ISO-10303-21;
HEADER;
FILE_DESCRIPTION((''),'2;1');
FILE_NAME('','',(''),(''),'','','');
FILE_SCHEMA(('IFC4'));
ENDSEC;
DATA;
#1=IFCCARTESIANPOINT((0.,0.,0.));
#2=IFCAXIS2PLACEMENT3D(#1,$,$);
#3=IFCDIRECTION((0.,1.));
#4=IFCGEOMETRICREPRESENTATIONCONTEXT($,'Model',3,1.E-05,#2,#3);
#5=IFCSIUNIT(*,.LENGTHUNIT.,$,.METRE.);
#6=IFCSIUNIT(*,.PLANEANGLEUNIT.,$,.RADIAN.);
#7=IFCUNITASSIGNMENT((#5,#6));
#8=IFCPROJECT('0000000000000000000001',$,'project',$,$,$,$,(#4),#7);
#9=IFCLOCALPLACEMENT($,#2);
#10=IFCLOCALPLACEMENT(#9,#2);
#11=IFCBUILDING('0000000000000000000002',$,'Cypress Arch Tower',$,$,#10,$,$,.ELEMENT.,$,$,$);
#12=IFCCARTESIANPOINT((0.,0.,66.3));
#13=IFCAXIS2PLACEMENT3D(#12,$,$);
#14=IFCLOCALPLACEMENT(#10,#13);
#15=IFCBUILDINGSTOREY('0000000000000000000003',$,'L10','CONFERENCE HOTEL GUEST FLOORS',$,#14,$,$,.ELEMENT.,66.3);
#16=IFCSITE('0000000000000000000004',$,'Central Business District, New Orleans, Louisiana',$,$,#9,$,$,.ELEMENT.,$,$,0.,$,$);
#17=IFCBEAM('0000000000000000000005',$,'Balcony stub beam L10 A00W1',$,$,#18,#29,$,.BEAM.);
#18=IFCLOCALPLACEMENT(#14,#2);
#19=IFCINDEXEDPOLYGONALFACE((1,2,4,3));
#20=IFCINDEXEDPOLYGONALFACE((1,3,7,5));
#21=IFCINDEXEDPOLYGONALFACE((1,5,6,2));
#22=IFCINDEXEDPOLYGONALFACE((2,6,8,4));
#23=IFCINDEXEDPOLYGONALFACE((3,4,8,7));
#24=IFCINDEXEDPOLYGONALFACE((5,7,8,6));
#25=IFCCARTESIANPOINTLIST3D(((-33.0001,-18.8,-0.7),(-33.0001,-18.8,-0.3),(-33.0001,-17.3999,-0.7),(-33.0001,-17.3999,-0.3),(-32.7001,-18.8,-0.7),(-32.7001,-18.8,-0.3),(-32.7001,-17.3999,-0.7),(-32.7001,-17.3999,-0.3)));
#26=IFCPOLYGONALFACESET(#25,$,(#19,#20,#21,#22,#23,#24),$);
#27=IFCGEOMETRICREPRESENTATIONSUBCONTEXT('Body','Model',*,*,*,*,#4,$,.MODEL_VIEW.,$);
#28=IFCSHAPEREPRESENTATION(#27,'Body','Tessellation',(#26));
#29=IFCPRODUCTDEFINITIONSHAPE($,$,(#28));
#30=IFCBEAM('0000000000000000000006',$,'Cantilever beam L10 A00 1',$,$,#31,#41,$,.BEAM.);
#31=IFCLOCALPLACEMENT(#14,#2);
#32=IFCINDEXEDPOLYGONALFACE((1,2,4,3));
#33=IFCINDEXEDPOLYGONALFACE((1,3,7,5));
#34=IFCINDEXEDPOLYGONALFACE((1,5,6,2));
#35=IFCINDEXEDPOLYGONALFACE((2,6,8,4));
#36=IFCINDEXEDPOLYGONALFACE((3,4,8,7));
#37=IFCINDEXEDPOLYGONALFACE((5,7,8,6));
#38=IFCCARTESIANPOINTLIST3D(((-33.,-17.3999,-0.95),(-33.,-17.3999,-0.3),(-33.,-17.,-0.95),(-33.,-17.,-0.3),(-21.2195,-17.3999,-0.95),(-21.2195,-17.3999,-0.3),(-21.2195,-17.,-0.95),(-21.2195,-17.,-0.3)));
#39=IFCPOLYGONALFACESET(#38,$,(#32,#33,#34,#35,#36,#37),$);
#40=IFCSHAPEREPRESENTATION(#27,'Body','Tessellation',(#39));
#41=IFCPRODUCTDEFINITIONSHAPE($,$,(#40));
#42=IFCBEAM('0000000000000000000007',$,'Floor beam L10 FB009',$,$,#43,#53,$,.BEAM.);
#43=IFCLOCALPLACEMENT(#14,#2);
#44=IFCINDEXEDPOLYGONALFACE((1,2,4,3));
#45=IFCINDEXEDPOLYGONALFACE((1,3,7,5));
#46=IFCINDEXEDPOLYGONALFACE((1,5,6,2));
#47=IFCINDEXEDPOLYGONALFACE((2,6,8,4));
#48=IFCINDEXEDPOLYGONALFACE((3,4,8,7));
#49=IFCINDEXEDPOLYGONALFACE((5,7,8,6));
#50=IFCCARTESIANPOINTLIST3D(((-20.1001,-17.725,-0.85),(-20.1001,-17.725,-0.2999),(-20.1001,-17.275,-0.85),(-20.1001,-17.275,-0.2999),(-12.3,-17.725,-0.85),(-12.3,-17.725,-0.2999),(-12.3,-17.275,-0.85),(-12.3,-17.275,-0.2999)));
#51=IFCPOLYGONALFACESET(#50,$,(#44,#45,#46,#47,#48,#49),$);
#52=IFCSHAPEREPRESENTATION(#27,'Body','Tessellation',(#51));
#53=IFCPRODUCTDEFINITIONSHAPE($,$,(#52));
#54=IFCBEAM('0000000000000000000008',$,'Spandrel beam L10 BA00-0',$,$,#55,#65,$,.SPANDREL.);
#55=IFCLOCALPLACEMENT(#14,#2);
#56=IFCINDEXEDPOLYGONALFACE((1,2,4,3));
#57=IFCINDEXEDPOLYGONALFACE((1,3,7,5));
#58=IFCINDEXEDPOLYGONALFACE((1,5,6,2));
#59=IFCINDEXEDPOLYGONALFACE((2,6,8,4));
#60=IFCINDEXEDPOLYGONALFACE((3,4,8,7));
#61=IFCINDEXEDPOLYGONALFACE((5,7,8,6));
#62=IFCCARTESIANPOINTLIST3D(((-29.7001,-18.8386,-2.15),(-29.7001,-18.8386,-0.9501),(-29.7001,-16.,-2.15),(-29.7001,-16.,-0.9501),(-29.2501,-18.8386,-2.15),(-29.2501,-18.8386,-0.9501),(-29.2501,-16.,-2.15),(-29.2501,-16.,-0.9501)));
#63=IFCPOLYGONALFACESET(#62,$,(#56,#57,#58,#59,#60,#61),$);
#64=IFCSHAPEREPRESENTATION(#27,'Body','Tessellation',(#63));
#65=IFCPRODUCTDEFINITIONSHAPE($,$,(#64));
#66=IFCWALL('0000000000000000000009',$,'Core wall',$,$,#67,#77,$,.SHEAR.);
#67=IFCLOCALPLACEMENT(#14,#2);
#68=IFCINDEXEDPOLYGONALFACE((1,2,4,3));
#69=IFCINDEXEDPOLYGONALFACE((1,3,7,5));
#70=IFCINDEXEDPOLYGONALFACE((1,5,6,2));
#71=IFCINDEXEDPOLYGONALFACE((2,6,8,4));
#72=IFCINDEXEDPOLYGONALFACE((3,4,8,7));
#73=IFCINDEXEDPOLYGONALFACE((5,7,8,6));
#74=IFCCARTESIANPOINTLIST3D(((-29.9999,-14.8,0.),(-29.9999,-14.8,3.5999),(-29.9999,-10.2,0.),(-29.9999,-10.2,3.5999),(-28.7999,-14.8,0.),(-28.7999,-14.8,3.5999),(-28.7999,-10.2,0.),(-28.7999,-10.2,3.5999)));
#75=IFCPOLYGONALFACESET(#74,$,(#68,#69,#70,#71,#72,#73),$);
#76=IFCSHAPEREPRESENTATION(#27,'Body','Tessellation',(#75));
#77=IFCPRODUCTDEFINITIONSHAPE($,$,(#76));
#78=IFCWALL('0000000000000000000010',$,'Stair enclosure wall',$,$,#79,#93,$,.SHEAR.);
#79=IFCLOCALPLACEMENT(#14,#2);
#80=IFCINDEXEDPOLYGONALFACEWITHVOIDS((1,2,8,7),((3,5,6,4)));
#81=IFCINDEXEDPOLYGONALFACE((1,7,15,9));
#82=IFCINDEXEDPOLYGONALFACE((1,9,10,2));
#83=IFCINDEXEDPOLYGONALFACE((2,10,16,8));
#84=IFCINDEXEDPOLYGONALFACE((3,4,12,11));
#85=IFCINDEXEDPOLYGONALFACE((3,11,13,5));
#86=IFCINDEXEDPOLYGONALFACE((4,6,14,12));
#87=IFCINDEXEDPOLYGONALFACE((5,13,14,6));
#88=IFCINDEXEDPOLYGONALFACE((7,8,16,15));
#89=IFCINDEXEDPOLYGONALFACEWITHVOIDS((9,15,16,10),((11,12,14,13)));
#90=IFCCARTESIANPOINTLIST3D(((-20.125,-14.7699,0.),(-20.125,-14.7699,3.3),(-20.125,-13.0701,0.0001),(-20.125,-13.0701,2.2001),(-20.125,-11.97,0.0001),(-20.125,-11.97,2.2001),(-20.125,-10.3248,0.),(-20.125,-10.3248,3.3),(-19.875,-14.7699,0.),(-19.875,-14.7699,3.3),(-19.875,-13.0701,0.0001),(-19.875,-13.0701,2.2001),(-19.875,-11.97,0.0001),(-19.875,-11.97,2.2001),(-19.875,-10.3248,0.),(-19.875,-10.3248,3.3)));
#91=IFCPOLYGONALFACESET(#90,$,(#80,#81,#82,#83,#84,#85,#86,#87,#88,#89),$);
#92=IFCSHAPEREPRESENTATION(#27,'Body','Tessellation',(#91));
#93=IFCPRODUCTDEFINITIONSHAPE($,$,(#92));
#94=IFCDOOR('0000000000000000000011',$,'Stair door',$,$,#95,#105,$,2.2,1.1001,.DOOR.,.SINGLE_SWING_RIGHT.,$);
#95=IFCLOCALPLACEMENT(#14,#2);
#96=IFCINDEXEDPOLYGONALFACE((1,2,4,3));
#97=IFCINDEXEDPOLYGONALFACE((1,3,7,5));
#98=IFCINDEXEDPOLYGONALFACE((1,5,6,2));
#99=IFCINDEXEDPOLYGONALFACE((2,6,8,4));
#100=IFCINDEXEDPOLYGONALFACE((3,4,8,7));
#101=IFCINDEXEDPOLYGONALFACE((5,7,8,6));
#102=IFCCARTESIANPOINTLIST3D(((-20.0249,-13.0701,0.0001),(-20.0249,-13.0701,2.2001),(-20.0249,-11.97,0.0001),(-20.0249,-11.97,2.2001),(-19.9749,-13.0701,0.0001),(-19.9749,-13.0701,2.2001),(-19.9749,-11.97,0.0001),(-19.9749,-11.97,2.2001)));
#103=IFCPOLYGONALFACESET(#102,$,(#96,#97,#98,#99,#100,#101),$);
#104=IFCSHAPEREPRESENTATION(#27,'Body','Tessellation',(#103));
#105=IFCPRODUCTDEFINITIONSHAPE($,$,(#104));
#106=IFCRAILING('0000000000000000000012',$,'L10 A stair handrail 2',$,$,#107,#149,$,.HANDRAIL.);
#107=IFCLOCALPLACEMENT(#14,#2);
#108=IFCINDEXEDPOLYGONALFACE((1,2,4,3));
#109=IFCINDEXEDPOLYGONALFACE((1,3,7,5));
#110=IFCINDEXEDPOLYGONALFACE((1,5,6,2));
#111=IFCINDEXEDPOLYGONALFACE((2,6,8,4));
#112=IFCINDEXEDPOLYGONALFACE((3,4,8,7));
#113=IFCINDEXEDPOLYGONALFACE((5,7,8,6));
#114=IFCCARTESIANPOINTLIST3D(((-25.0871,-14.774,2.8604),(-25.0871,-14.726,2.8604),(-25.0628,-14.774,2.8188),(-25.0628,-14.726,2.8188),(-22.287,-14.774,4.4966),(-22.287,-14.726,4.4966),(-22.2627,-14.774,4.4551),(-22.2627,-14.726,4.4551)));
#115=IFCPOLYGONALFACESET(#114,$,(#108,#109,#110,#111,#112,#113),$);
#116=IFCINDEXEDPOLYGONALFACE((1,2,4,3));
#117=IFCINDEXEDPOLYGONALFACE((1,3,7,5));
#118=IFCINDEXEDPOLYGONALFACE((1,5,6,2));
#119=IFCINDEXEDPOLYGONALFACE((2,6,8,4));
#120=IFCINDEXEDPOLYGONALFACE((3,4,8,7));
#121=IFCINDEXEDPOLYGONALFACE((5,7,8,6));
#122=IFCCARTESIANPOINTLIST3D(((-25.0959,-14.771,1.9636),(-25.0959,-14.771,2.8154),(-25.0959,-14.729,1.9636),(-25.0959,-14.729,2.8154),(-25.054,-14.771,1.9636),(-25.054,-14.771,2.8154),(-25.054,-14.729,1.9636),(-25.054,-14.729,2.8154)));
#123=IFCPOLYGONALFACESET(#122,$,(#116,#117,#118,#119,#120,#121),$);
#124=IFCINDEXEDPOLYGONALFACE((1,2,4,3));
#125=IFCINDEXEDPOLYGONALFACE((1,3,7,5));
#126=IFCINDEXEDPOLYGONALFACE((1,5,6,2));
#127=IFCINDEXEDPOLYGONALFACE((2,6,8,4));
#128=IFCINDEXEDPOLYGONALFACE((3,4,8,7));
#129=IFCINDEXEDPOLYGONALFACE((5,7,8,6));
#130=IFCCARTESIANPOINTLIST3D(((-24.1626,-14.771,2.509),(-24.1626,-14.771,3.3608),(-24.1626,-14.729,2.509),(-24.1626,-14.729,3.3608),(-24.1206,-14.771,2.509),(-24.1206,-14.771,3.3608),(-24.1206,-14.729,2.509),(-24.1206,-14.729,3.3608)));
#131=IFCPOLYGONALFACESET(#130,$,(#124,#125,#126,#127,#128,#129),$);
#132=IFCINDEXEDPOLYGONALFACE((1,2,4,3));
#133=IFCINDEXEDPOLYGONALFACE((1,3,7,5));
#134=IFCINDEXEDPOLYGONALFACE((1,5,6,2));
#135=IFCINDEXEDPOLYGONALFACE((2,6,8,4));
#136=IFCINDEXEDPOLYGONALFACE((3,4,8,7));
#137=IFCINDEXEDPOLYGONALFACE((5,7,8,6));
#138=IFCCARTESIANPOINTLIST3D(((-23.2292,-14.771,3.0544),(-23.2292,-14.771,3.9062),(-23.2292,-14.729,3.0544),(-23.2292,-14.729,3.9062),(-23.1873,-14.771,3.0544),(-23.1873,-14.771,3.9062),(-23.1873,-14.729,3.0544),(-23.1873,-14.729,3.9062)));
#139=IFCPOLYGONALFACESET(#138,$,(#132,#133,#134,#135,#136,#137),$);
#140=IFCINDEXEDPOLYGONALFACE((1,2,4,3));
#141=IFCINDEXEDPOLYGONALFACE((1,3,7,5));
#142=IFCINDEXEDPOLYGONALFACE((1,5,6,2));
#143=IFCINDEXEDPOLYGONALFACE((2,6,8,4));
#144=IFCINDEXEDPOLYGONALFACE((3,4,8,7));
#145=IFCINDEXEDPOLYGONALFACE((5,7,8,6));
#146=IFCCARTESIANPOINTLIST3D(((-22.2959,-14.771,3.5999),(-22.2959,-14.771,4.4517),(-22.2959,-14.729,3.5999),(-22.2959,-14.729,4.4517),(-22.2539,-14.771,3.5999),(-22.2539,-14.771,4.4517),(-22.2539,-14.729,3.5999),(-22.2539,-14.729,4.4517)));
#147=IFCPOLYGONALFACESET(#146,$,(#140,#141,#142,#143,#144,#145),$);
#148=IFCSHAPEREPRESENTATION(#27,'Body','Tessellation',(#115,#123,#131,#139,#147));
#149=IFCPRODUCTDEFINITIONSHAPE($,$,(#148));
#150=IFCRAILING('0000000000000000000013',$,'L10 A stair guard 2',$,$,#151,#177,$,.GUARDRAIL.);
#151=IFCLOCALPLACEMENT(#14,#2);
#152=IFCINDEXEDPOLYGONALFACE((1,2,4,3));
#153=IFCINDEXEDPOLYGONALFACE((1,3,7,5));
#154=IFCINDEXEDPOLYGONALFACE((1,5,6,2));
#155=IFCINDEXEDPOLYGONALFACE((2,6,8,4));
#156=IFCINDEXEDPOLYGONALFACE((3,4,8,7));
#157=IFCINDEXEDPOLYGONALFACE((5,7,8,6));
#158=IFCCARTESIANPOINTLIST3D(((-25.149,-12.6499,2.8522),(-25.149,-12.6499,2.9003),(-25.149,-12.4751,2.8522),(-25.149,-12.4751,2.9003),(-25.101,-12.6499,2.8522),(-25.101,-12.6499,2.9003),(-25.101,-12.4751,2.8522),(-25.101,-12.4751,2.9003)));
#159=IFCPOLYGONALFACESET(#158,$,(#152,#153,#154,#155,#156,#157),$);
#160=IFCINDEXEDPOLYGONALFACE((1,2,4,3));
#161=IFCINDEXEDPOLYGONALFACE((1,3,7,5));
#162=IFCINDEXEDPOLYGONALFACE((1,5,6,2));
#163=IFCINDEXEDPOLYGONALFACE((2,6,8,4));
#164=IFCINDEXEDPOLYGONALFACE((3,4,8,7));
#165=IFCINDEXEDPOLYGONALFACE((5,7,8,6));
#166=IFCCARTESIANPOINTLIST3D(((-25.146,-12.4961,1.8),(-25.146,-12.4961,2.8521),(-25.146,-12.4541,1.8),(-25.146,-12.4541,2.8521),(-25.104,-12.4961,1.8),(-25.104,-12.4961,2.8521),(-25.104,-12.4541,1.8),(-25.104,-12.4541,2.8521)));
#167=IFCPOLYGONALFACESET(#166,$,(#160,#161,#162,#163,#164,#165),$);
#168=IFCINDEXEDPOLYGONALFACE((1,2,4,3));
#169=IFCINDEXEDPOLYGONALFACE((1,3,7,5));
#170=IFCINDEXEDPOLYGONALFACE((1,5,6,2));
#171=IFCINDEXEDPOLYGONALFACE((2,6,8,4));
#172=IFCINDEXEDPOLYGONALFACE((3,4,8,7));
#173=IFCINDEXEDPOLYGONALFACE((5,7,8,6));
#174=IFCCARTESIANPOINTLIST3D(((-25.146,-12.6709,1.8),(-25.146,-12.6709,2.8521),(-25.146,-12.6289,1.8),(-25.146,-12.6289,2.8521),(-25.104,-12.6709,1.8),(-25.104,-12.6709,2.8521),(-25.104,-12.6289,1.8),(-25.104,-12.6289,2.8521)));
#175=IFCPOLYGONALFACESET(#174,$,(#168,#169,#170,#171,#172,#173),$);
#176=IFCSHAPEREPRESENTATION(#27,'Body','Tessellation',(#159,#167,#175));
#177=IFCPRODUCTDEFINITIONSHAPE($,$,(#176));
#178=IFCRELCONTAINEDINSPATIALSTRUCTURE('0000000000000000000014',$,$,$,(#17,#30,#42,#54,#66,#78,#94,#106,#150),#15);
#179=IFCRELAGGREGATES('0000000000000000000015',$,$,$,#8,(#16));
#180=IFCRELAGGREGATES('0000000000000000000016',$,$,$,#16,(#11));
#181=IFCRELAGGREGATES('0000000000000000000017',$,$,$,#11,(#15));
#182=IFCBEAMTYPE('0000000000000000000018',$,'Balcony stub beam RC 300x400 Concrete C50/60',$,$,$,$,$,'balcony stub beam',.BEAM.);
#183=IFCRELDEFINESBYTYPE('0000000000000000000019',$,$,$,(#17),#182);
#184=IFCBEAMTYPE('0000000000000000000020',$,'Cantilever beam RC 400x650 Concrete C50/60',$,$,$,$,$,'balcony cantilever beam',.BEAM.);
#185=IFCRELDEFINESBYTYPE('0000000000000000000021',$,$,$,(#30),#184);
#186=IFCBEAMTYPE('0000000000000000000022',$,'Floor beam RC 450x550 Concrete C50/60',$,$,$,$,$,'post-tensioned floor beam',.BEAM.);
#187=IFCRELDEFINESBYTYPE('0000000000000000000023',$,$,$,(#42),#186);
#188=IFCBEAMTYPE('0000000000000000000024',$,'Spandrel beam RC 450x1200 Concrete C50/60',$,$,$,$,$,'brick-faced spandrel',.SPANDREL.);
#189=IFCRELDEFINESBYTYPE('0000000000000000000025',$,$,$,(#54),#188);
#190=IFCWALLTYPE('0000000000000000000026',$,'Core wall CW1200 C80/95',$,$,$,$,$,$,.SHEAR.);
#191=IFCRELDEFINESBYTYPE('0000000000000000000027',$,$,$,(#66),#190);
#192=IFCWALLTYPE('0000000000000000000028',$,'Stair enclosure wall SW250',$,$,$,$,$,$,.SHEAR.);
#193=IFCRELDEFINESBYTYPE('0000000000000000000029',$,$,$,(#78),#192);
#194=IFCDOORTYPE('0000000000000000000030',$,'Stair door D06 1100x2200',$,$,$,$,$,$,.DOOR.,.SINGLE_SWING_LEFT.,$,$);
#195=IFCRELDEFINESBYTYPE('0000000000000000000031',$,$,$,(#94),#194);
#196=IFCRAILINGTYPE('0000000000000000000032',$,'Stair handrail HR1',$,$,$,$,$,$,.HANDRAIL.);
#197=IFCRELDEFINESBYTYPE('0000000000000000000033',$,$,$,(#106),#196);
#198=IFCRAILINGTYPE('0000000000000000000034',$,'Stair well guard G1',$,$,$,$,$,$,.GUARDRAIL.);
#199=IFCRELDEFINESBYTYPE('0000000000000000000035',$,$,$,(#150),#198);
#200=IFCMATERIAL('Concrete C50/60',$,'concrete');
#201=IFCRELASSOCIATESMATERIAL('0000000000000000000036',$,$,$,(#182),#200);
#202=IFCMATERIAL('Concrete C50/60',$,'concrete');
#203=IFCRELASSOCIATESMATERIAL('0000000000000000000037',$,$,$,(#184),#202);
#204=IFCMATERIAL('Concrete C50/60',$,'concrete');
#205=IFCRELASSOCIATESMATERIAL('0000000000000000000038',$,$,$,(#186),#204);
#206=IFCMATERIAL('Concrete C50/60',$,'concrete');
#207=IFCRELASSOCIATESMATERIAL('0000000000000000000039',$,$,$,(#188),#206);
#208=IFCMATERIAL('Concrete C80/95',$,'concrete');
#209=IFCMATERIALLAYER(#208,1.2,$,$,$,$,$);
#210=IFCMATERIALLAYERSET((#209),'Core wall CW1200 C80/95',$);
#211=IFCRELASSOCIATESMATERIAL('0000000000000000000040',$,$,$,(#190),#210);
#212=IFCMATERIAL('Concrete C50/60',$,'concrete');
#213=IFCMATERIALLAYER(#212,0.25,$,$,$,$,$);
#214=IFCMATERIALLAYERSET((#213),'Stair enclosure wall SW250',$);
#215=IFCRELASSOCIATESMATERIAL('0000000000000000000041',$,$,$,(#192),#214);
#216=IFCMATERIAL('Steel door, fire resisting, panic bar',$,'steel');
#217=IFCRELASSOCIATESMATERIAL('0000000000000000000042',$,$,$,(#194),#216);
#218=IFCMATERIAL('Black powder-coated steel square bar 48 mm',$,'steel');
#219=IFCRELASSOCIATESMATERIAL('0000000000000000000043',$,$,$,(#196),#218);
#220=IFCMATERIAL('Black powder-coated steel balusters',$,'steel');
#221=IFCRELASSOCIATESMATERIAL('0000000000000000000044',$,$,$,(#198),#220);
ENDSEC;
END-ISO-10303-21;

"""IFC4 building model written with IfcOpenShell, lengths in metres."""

from ifc_helpers import new_model, si_unit, direction, frame, frame_2d, origin, origin_2d, place, context, subcontext, project, spatial, rectangle, extrude, material, layer, layer_set, material_profile, profile_set, type_object, element, fill, save


model = new_model("IFC4")

# Units and contexts
model_context = context("Model", 3, precision=1e-05, world=origin(), true_north=direction((0.0, 1.0)))
body_context = subcontext(model_context, "Body", "Model", "MODEL_VIEW")
ifc_project = project(units=[si_unit("LENGTHUNIT", "METRE"), si_unit("PLANEANGLEUNIT", "RADIAN")], contexts=[model_context])

# Site, building, storey
site_placement = place(None, origin())
site = spatial("IfcSite", under=ifc_project, at=site_placement, Name="Central Business District, New Orleans, Louisiana", CompositionType="ELEMENT", RefElevation=0.0)
building_placement = place(site_placement, origin())
building = spatial("IfcBuilding", under=site, at=building_placement, Name="Cypress Arch Tower", CompositionType="ELEMENT")
storey_placement = place(building_placement, frame((0.0, 0.0, 66.3)))
storey = spatial("IfcBuildingStorey", under=building, at=storey_placement, Name="L10", Description="CONFERENCE HOTEL GUEST FLOORS", CompositionType="ELEMENT", Elevation=66.3)

# Beams
ifc_material_1 = material(Name="Concrete C50/60", Category="concrete")
ifc_material_profile_1 = material_profile(ifc_material_1, rectangle(XDim=0.3, YDim=0.3999, at=origin_2d()), Name="RC 300x400")
ifc_profile_set_1 = profile_set([ifc_material_profile_1], Name="Concrete C50/60")
beam_type_1 = type_object("IfcBeamType", Name="Balcony stub beam RC 300x400 Concrete C50/60", ElementType="balcony stub beam", PredefinedType="BEAM", material=ifc_profile_set_1)
beam_1_placement = place(storey_placement, frame((-32.8501, -17.3999, -0.5), z_axis=(0.0, -1.0, 0.0), x_axis=(1.0, 0.0, 0.0)))
element("IfcBeam", 1, at=beam_1_placement, inside=storey, type_object=beam_type_1, Name="Balcony stub beam L10 A00W1", PredefinedType="BEAM", context=body_context, shape_type="SweptSolid", body=[
    extrude(rectangle(XDim=0.3, YDim=0.3999, at=origin_2d()), origin(), (0.0, 0.0, 1.0), 1.4001),
])
ifc_material_2 = material(Name="Concrete C50/60", Category="concrete")
ifc_material_profile_2 = material_profile(ifc_material_2, rectangle(XDim=0.3999, YDim=0.6499, at=origin_2d()), Name="RC 400x650")
ifc_profile_set_2 = profile_set([ifc_material_profile_2], Name="Concrete C50/60")
beam_type_2 = type_object("IfcBeamType", Name="Cantilever beam RC 400x650 Concrete C50/60", ElementType="balcony cantilever beam", PredefinedType="BEAM", material=ifc_profile_set_2)
beam_2_placement = place(storey_placement, frame((-21.2195, -17.2, -0.625), z_axis=(-1.0, 0.0, 0.0), x_axis=(0.0, -1.0, 0.0)))
element("IfcBeam", 2, at=beam_2_placement, inside=storey, type_object=beam_type_2, Name="Cantilever beam L10 A00 1", PredefinedType="BEAM", context=body_context, shape_type="SweptSolid", body=[
    extrude(rectangle(XDim=0.3999, YDim=0.6499, at=origin_2d()), origin(), (0.0, 0.0, 1.0), 11.7805),
])
ifc_material_3 = material(Name="Concrete C50/60", Category="concrete")
ifc_material_profile_3 = material_profile(ifc_material_3, rectangle(XDim=0.45, YDim=0.55, at=origin_2d()), Name="RC 450x550")
ifc_profile_set_3 = profile_set([ifc_material_profile_3], Name="Concrete C50/60")
beam_type_3 = type_object("IfcBeamType", Name="Floor beam RC 450x550 Concrete C50/60", ElementType="post-tensioned floor beam", PredefinedType="BEAM", material=ifc_profile_set_3)
beam_3_placement = place(storey_placement, frame((-20.1001, -17.5, -0.575), z_axis=(1.0, 0.0, 0.0), x_axis=(0.0, 1.0, 0.0)))
element("IfcBeam", 3, at=beam_3_placement, inside=storey, type_object=beam_type_3, Name="Floor beam L10 FB009", PredefinedType="BEAM", context=body_context, shape_type="SweptSolid", body=[
    extrude(rectangle(XDim=0.45, YDim=0.55, at=origin_2d()), origin(), (0.0, 0.0, 1.0), 7.8),
])
ifc_material_4 = material(Name="Concrete C50/60", Category="concrete")
ifc_material_profile_4 = material_profile(ifc_material_4, rectangle(XDim=0.45, YDim=1.2, at=origin_2d()), Name="RC 450x1200")
ifc_profile_set_4 = profile_set([ifc_material_profile_4], Name="Concrete C50/60")
beam_type_4 = type_object("IfcBeamType", Name="Spandrel beam RC 450x1200 Concrete C50/60", ElementType="brick-faced spandrel", PredefinedType="SPANDREL", material=ifc_profile_set_4)
beam_4_placement = place(storey_placement, frame((-29.4751, -16.0, -1.55), z_axis=(0.0, -1.0, 0.0), x_axis=(1.0, 0.0, 0.0)))
element("IfcBeam", 4, at=beam_4_placement, inside=storey, type_object=beam_type_4, Name="Spandrel beam L10 BA00-0", PredefinedType="SPANDREL", context=body_context, shape_type="SweptSolid", body=[
    extrude(rectangle(XDim=0.45, YDim=1.2, at=origin_2d()), origin(), (0.0, 0.0, 1.0), 2.8386),
])

# Shared definitions
ifc_material_5 = material(Name="Concrete C80/95", Category="concrete")
ifc_layer_1 = layer(ifc_material_5, 1.2)
ifc_layer_set_1 = layer_set([ifc_layer_1], Name="Core wall CW1200 C80/95")
wall_type_1 = type_object("IfcWallType", Name="Core wall CW1200 C80/95", PredefinedType="SHEAR", material=ifc_layer_set_1)

# Wall
wall_1_placement = place(storey_placement, frame((-29.3999, -14.8, 0.0), z_axis=(0.0, 0.0, 1.0), x_axis=(0.0, 1.0, 0.0)))
element("IfcWall", 5, at=wall_1_placement, inside=storey, type_object=wall_type_1, Name="Core wall", PredefinedType="SHEAR", context=body_context, shape_type="SweptSolid", body=[
    extrude(rectangle(XDim=4.6001, YDim=1.2, at=frame_2d((2.3, 0.0))), origin(), (0.0, 0.0, 1.0), 3.5999),
])

# Wall, opening, door
ifc_material_6 = material(Name="Concrete C50/60", Category="concrete")
ifc_layer_2 = layer(ifc_material_6, 0.25)
ifc_layer_set_2 = layer_set([ifc_layer_2], Name="Stair enclosure wall SW250")
wall_type_2 = type_object("IfcWallType", Name="Stair enclosure wall SW250", PredefinedType="SHEAR", material=ifc_layer_set_2)
wall_2_placement = place(storey_placement, frame((-20.0, -14.77, 0.0), z_axis=(0.0, 0.0, 1.0), x_axis=(0.0, 1.0, 0.0)))
wall_2 = element("IfcWall", 6, at=wall_2_placement, inside=storey, type_object=wall_type_2, Name="Stair enclosure wall", PredefinedType="SHEAR", context=body_context, shape_type="SweptSolid", body=[
    extrude(rectangle(XDim=4.4451, YDim=0.25, at=frame_2d((2.2227, 0.0))), origin(), (0.0, 0.0, 1.0), 3.3),
])
opening_1_placement = place(wall_2_placement, frame((1.7, 0.0, 0.0)))
opening_1 = element("IfcOpeningElement", 7, at=opening_1_placement, cuts=wall_2, PredefinedType="OPENING", context=body_context, shape_type="SweptSolid", body=[
    extrude(rectangle(XDim=1.1001, YDim=2.2, at=frame_2d((0.55, 1.1001))), frame((0.0, 0.135, 0.0), z_axis=(0.0, -1.0, 0.0), x_axis=(1.0, 0.0, 0.0)), (0.0, 0.0, 1.0), 0.27),
])
ifc_material_7 = material(Name="Steel door, fire resisting, panic bar", Category="steel")
door_type_1 = type_object("IfcDoorType", Name="Stair door D06 1100x2200", OperationType="SINGLE_SWING_LEFT", PredefinedType="DOOR", material=ifc_material_7)
door_1_placement = place(opening_1_placement, origin())
door_1 = element("IfcDoor", 8, at=door_1_placement, inside=storey, type_object=door_type_1, Name="Stair door", OperationType="SINGLE_SWING_RIGHT", OverallHeight=2.2, OverallWidth=1.1001, PredefinedType="DOOR", context=body_context, shape_type="SweptSolid", body=[
    extrude(rectangle(XDim=1.1001, YDim=2.2, at=frame_2d((0.55, 1.1001))), frame((0.0, 0.0249, 0.0), z_axis=(0.0, -1.0, 0.0), x_axis=(1.0, 0.0, 0.0)), (0.0, 0.0, 1.0), 0.05),
])
fill(opening_1, door_1)

# Railings
ifc_material_8 = material(Name="Black powder-coated steel square bar 48 mm", Category="steel")
railing_type_1 = type_object("IfcRailingType", Name="Stair handrail HR1", PredefinedType="HANDRAIL", material=ifc_material_8)
railing_1_placement = place(storey_placement, frame((-25.075, -14.75, 1.9636)))
element("IfcRailing", 9, at=railing_1_placement, inside=storey, type_object=railing_type_1, Name="L10 A stair handrail 2", PredefinedType="HANDRAIL", context=body_context, shape_type="SweptSolid", body=[
    extrude(rectangle(XDim=0.0481, YDim=0.0481, at=origin_2d()), frame((0.0, 0.0, 0.876), z_axis=(0.863394, 0.0, 0.504531), x_axis=(0.0, 1.0, 0.0)), (0.0, 0.0, 1.0), 3.2432),
    extrude(rectangle(XDim=0.042, YDim=0.042, at=origin_2d()), origin(), (0.0, 0.0, 1.0), 0.8518),
    extrude(rectangle(XDim=0.042, YDim=0.042, at=origin_2d()), frame((0.9333, 0.0, 0.5454)), (0.0, 0.0, 1.0), 0.8518),
    extrude(rectangle(XDim=0.042, YDim=0.042, at=origin_2d()), frame((1.8667, 0.0, 1.0908)), (0.0, 0.0, 1.0), 0.8518),
    extrude(rectangle(XDim=0.042, YDim=0.042, at=origin_2d()), frame((2.8, 0.0, 1.6362)), (0.0, 0.0, 1.0), 0.8518),
])
ifc_material_9 = material(Name="Black powder-coated steel balusters", Category="steel")
railing_type_2 = type_object("IfcRailingType", Name="Stair well guard G1", PredefinedType="GUARDRAIL", material=ifc_material_9)
railing_2_placement = place(storey_placement, frame((-25.125, -12.4751, 1.8)))
element("IfcRailing", 10, at=railing_2_placement, inside=storey, type_object=railing_type_2, Name="L10 A stair guard 2", PredefinedType="GUARDRAIL", context=body_context, shape_type="SweptSolid", body=[
    extrude(rectangle(XDim=0.0481, YDim=0.0481, at=origin_2d()), frame((0.0, 0.0, 1.0762), z_axis=(0.0, -1.0, 0.0), x_axis=(1.0, 0.0, 0.0)), (0.0, 0.0, 1.0), 0.1748),
    extrude(rectangle(XDim=0.042, YDim=0.042, at=origin_2d()), origin(), (0.0, 0.0, 1.0), 1.052),
    extrude(rectangle(XDim=0.042, YDim=0.042, at=origin_2d()), frame((0.0, -0.1748, 0.0)), (0.0, 0.0, 1.0), 1.052),
])

save(model, "model.ifc")
